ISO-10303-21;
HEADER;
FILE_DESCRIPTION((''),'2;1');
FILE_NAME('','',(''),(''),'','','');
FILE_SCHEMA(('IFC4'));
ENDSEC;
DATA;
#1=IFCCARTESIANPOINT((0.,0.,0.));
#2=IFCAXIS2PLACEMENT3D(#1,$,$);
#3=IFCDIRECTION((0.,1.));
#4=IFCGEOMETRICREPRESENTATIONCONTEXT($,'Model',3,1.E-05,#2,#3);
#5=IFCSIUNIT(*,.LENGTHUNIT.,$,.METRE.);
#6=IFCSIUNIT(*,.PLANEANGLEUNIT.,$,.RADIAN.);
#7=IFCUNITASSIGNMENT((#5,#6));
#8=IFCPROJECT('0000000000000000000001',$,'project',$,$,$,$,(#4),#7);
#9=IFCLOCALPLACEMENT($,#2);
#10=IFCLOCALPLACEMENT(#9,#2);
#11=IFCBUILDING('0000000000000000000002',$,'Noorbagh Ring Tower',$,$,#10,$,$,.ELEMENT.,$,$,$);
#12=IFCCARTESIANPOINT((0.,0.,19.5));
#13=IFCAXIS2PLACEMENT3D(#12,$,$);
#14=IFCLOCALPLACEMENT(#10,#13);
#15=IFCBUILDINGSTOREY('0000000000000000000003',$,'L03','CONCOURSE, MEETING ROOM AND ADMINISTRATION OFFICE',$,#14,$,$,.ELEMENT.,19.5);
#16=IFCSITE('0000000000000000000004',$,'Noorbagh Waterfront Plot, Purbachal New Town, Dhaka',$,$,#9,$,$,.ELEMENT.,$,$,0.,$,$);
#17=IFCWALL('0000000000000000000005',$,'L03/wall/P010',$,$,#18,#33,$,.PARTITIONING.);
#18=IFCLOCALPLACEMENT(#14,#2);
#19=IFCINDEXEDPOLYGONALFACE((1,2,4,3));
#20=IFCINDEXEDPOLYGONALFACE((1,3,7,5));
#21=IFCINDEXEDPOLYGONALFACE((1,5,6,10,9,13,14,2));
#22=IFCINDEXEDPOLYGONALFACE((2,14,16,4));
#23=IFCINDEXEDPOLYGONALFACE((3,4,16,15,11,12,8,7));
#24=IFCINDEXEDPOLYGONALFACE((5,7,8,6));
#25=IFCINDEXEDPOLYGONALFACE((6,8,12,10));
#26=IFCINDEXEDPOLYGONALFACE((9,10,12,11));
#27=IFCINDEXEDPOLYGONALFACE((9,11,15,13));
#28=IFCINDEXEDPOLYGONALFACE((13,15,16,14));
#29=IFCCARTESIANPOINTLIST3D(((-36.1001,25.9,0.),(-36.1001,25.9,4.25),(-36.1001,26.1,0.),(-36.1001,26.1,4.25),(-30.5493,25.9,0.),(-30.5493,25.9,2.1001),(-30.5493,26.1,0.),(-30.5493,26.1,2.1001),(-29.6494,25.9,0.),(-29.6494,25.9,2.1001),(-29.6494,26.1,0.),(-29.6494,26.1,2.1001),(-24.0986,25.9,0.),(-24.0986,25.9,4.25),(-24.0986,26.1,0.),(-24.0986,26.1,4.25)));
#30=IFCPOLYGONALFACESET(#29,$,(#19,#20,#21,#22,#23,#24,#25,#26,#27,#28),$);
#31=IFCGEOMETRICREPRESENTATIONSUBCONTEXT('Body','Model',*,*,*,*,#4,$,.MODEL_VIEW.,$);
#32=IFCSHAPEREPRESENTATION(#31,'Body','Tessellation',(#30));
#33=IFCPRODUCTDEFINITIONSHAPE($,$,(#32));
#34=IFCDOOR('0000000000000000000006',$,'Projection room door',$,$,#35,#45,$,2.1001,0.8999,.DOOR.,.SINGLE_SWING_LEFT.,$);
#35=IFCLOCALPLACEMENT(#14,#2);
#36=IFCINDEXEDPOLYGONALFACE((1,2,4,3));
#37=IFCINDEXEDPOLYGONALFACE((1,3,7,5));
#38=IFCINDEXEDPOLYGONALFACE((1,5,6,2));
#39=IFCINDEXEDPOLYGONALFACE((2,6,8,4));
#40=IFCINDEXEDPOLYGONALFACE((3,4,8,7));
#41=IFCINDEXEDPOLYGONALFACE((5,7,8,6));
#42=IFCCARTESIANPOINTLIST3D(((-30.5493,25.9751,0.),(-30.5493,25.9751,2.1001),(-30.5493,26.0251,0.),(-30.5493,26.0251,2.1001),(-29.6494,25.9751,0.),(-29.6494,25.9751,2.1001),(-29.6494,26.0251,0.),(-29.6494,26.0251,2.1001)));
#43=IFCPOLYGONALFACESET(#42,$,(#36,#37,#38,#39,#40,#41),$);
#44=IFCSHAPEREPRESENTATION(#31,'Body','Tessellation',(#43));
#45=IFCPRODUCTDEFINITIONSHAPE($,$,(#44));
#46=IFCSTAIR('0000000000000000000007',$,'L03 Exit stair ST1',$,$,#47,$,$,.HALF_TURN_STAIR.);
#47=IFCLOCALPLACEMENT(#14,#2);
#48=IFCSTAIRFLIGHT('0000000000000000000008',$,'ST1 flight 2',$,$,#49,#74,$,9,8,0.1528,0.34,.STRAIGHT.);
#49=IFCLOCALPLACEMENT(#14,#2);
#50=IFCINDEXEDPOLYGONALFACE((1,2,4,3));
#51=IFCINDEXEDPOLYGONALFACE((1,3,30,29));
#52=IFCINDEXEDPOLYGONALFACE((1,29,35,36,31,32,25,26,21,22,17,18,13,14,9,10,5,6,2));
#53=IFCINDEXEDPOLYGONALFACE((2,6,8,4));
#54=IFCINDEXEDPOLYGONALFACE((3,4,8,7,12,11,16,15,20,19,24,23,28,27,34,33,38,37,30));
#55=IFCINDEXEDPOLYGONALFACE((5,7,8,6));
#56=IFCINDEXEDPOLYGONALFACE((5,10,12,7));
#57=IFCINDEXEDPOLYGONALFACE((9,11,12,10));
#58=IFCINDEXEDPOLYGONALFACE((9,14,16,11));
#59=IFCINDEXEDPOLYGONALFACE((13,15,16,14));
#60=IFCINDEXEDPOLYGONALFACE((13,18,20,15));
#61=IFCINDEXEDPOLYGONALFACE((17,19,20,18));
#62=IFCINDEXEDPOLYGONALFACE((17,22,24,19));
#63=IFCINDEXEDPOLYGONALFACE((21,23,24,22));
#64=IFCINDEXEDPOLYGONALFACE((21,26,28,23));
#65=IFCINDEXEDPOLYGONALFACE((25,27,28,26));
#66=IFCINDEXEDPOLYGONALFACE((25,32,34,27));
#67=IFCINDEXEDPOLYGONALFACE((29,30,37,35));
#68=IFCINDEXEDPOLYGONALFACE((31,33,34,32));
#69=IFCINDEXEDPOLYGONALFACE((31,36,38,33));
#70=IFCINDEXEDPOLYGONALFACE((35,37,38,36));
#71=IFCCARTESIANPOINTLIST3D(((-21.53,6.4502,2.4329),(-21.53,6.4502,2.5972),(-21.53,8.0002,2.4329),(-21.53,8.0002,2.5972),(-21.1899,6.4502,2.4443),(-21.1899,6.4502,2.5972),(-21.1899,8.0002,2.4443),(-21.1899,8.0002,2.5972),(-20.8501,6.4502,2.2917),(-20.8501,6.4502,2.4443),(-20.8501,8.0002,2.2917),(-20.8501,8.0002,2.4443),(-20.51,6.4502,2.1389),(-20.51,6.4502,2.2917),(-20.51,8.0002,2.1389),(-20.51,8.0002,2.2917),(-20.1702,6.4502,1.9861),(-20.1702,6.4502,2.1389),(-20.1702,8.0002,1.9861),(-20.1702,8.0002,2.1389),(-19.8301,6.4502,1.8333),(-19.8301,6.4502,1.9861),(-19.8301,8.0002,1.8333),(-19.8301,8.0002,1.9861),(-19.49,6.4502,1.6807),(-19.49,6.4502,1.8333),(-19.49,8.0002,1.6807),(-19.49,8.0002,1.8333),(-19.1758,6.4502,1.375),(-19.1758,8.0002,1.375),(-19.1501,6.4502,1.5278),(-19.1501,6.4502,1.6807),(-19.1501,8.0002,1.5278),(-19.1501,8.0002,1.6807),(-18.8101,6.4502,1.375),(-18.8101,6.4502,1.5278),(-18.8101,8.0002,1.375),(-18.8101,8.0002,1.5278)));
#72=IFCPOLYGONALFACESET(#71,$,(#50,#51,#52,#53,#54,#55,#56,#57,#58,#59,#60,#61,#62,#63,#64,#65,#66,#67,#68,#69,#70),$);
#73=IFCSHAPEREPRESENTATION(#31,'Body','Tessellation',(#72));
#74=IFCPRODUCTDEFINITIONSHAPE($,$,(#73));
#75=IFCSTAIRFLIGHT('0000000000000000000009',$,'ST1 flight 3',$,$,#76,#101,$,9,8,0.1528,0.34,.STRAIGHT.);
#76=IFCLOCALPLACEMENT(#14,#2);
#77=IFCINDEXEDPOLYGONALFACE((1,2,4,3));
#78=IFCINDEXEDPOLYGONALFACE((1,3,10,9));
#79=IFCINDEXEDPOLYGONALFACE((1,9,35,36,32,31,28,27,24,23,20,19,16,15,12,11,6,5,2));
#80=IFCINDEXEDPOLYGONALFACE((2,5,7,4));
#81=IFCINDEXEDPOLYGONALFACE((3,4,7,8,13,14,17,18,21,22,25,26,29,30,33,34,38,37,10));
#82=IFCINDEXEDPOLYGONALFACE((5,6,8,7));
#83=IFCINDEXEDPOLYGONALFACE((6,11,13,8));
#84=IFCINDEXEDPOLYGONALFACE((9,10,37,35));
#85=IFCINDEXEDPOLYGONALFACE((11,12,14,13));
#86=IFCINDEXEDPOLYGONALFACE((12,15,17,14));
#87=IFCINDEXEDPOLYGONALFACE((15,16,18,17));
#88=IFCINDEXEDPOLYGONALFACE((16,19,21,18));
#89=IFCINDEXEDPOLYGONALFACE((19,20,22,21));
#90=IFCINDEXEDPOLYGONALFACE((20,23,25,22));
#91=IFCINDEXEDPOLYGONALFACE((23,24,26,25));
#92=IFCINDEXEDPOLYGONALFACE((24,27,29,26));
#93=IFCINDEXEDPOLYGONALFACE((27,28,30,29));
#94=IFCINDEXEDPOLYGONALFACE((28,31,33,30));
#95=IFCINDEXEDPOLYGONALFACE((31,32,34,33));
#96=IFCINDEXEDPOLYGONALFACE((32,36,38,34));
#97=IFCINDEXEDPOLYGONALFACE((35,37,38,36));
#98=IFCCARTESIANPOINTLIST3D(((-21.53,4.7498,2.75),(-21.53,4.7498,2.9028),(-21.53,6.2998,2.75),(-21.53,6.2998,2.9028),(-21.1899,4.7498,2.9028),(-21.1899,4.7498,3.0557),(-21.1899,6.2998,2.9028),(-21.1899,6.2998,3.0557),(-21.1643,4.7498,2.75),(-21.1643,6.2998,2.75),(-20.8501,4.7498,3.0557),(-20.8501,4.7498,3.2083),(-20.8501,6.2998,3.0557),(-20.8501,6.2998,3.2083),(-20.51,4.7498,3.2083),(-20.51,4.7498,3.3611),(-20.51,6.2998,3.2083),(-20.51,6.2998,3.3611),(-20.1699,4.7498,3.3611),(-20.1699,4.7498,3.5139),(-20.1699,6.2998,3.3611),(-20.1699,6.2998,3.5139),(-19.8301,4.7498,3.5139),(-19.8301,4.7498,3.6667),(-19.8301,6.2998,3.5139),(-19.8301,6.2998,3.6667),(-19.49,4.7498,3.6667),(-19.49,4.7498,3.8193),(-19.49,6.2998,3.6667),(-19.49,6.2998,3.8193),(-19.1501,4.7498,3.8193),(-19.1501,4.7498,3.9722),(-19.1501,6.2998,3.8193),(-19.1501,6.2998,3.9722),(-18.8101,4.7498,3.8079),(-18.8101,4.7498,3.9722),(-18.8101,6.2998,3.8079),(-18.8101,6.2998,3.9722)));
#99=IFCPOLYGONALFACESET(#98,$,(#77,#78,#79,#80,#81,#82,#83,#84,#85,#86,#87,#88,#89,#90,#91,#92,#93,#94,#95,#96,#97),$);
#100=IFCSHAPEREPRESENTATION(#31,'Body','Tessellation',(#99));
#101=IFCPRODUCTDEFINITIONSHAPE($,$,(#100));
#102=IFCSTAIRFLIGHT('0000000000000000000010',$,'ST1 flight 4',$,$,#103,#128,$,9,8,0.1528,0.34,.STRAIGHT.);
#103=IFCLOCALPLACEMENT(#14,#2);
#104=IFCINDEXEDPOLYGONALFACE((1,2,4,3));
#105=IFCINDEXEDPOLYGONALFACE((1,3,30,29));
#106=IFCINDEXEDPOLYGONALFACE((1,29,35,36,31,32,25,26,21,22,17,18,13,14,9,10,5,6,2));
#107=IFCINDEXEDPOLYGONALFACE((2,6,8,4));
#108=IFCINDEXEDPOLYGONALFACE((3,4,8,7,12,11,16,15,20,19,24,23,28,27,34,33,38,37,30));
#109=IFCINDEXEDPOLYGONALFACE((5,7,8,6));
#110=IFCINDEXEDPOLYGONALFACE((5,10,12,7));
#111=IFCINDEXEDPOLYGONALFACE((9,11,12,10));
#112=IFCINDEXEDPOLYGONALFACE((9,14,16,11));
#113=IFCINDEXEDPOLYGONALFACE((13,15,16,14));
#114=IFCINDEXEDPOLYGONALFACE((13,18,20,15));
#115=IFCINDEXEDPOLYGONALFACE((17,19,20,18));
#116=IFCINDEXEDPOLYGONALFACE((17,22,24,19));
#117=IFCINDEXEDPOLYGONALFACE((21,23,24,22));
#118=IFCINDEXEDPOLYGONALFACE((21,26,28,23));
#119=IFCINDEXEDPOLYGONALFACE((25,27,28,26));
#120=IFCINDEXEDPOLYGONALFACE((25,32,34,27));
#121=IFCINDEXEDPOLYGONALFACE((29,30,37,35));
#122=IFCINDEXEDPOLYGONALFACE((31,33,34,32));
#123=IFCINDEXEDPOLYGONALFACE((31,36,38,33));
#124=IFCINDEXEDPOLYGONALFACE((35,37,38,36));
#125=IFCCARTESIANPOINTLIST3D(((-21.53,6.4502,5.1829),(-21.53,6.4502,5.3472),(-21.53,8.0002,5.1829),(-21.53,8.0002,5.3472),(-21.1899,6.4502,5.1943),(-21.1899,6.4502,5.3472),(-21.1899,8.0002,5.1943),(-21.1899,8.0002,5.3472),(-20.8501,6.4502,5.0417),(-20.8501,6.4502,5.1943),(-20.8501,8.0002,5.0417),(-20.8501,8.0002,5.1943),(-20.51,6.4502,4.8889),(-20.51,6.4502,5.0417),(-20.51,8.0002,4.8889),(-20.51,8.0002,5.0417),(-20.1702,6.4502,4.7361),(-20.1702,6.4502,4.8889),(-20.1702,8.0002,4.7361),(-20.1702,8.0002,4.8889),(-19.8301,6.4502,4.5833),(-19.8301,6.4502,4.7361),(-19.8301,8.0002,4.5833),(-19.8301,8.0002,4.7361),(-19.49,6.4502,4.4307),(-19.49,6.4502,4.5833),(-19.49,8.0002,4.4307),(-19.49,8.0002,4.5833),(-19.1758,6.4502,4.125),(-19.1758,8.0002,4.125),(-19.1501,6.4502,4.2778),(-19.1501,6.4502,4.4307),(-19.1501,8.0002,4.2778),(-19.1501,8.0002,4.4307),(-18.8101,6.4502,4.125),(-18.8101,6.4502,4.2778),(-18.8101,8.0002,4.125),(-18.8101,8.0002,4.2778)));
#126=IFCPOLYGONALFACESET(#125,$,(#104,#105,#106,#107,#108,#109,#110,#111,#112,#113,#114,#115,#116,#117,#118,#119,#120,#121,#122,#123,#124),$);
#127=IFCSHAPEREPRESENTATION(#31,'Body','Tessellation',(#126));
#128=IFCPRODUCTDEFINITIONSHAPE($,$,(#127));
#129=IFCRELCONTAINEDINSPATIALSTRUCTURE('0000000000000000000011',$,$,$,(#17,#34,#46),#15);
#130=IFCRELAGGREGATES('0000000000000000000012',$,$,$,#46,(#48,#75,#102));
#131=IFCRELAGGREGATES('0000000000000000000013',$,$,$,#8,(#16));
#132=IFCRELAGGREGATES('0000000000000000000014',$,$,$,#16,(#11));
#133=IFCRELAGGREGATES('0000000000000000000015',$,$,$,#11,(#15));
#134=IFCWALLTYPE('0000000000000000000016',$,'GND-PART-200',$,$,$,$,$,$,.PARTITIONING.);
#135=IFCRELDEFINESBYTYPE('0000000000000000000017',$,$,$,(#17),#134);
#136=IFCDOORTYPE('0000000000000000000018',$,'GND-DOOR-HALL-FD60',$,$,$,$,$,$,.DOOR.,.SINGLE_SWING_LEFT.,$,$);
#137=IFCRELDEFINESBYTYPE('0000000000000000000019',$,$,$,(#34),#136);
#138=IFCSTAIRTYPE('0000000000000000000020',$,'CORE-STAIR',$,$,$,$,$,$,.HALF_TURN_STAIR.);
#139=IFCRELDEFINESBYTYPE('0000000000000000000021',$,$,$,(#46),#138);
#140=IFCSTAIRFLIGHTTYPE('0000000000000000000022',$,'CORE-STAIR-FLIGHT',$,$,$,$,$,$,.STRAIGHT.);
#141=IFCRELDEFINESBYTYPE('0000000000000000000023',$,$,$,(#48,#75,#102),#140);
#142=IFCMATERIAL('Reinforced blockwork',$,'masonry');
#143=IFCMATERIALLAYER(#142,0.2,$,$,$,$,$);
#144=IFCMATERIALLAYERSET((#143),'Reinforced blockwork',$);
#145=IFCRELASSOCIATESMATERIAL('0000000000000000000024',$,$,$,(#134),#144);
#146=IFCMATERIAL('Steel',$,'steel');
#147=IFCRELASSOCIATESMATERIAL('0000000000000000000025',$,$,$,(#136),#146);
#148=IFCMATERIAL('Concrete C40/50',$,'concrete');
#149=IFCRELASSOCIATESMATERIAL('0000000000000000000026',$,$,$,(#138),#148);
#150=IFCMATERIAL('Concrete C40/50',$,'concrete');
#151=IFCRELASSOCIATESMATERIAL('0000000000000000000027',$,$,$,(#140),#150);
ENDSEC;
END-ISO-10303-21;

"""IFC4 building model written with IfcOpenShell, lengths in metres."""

from ifc_helpers import new_model, si_unit, direction, frame, frame_2d, origin, place, context, subcontext, project, spatial, polyline, rectangle, outline, extrude, material, layer, layer_set, type_object, element, fill, aggregate, save


model = new_model("IFC4")

# Units and contexts
model_context = context("Model", 3, precision=1e-05, world=origin(), true_north=direction((0.0, 1.0)))
body_context = subcontext(model_context, "Body", "Model", "MODEL_VIEW")
ifc_project = project(units=[si_unit("LENGTHUNIT", "METRE"), si_unit("PLANEANGLEUNIT", "RADIAN")], contexts=[model_context])

# Site, building, storey
site_placement = place(None, origin())
site = spatial("IfcSite", under=ifc_project, at=site_placement, Name="Noorbagh Waterfront Plot, Purbachal New Town, Dhaka", CompositionType="ELEMENT", RefElevation=0.0)
building_placement = place(site_placement, origin())
building = spatial("IfcBuilding", under=site, at=building_placement, Name="Noorbagh Ring Tower", CompositionType="ELEMENT")
storey_placement = place(building_placement, frame((0.0, 0.0, 19.5)))
storey = spatial("IfcBuildingStorey", under=building, at=storey_placement, Name="L03", Description="CONCOURSE, MEETING ROOM AND ADMINISTRATION OFFICE", CompositionType="ELEMENT", Elevation=19.5)

# Wall, opening, door
ifc_material_1 = material(Name="Reinforced blockwork", Category="masonry")
ifc_layer_1 = layer(ifc_material_1, 0.2)
ifc_layer_set_1 = layer_set([ifc_layer_1], Name="Reinforced blockwork")
wall_type_1 = type_object("IfcWallType", Name="GND-PART-200", PredefinedType="PARTITIONING", material=ifc_layer_set_1)
wall_1_placement = place(storey_placement, frame((-24.0986, 26.0, 0.0), z_axis=(0.0, 0.0, 1.0), x_axis=(-1.0, 0.0, 0.0)))
wall_1 = element("IfcWall", 1, at=wall_1_placement, inside=storey, type_object=wall_type_1, Name="L03/wall/P010", PredefinedType="PARTITIONING", context=body_context, shape_type="SweptSolid", body=[
    extrude(rectangle(XDim=12.0015, YDim=0.2, at=frame_2d((6.0007, 0.0))), origin(), (0.0, 0.0, 1.0), 4.25),
])
opening_1_placement = place(wall_1_placement, frame((5.5508, 0.0, 0.0)))
opening_1 = element("IfcOpeningElement", 2, at=opening_1_placement, cuts=wall_1, PredefinedType="OPENING", context=body_context, shape_type="SweptSolid", body=[
    extrude(rectangle(XDim=0.8999, YDim=2.1001, at=frame_2d((0.45, 1.05))), frame((0.0, 0.1099, 0.0), z_axis=(0.0, -1.0, 0.0), x_axis=(1.0, 0.0, 0.0)), (0.0, 0.0, 1.0), 0.22),
])
ifc_material_2 = material(Name="Steel", Category="steel")
door_type_1 = type_object("IfcDoorType", Name="GND-DOOR-HALL-FD60", OperationType="SINGLE_SWING_LEFT", PredefinedType="DOOR", material=ifc_material_2)
door_1_placement = place(opening_1_placement, origin())
door_1 = element("IfcDoor", 3, at=door_1_placement, inside=storey, type_object=door_type_1, Name="Projection room door", OperationType="SINGLE_SWING_LEFT", OverallHeight=2.1001, OverallWidth=0.8999, PredefinedType="DOOR", context=body_context, shape_type="SweptSolid", body=[
    extrude(rectangle(XDim=0.8999, YDim=2.1001, at=frame_2d((0.45, 1.05))), frame((0.0, 0.0249, 0.0), z_axis=(0.0, -1.0, 0.0), x_axis=(1.0, 0.0, 0.0)), (0.0, 0.0, 1.0), 0.05),
])
fill(opening_1, door_1)

# Stair, stair flights
ifc_material_3 = material(Name="Concrete C40/50", Category="concrete")
stair_type = type_object("IfcStairType", Name="CORE-STAIR", PredefinedType="HALF_TURN_STAIR", material=ifc_material_3)
stair_placement = place(storey_placement, origin())
stair = element("IfcStair", 4, at=stair_placement, inside=storey, type_object=stair_type, Name="L03 Exit stair ST1", PredefinedType="HALF_TURN_STAIR")
ifc_material_4 = material(Name="Concrete C40/50", Category="concrete")
stair_flight_type = type_object("IfcStairFlightType", Name="CORE-STAIR-FLIGHT", PredefinedType="STRAIGHT", material=ifc_material_4)
stair_flight_1_placement = place(storey_placement, frame((-18.8101, 7.2251, 1.375), z_axis=(0.0, 0.0, 1.0), x_axis=(-1.0, 0.0, 0.0)))
stair_flight_1 = element("IfcStairFlight", 5, at=stair_flight_1_placement, type_object=stair_flight_type, Name="ST1 flight 2", NumberOfRisers=9, NumberOfTreads=8, PredefinedType="STRAIGHT", RiserHeight=0.1528, TreadLength=0.34, context=body_context, shape_type="SweptSolid", body=[
    extrude(outline(polyline([(0.0, 0.0), (0.0, 0.1528), (0.3401, 0.1528), (0.3401, 0.3057), (0.6799, 0.3057), (0.6799, 0.4583), (1.02, 0.4583), (1.02, 0.6111), (1.3601, 0.6111), (1.3601, 0.7639), (1.7, 0.7639), (1.7, 0.9167), (2.04, 0.9167), (2.04, 1.0693), (2.3799, 1.0693), (2.3799, 1.2222), (2.72, 1.2222), (2.72, 1.375), (2.72, 1.0579), (0.3657, 0.0), (0.0, 0.0)])), frame((0.0, 0.7749, 0.0), z_axis=(0.0, -1.0, 0.0), x_axis=(1.0, 0.0, 0.0)), (0.0, 0.0, 1.0), 1.55),
])
stair_flight_2_placement = place(storey_placement, frame((-21.53, 5.5249, 2.75), z_axis=(0.0, 0.0, 1.0), x_axis=(1.0, 0.0, 0.0)))
stair_flight_2 = element("IfcStairFlight", 6, at=stair_flight_2_placement, type_object=stair_flight_type, Name="ST1 flight 3", NumberOfRisers=9, NumberOfTreads=8, PredefinedType="STRAIGHT", RiserHeight=0.1528, TreadLength=0.34, context=body_context, shape_type="SweptSolid", body=[
    extrude(outline(polyline([(0.0, 0.0), (0.0, 0.1528), (0.3401, 0.1528), (0.3401, 0.3057), (0.6799, 0.3057), (0.6799, 0.4583), (1.02, 0.4583), (1.02, 0.6111), (1.3601, 0.6111), (1.3601, 0.7639), (1.7, 0.7639), (1.7, 0.9167), (2.04, 0.9167), (2.04, 1.0693), (2.3799, 1.0693), (2.3799, 1.2222), (2.72, 1.2222), (2.72, 1.375), (2.72, 1.0579), (0.3657, 0.0), (0.0, 0.0)])), frame((0.0, 0.7749, 0.0), z_axis=(0.0, -1.0, 0.0), x_axis=(1.0, 0.0, 0.0)), (0.0, 0.0, 1.0), 1.55),
])
stair_flight_3_placement = place(storey_placement, frame((-18.8101, 7.2251, 4.125), z_axis=(0.0, 0.0, 1.0), x_axis=(-1.0, 0.0, 0.0)))
stair_flight_3 = element("IfcStairFlight", 7, at=stair_flight_3_placement, type_object=stair_flight_type, Name="ST1 flight 4", NumberOfRisers=9, NumberOfTreads=8, PredefinedType="STRAIGHT", RiserHeight=0.1528, TreadLength=0.34, context=body_context, shape_type="SweptSolid", body=[
    extrude(outline(polyline([(0.0, 0.0), (0.0, 0.1528), (0.3401, 0.1528), (0.3401, 0.3057), (0.6799, 0.3057), (0.6799, 0.4583), (1.02, 0.4583), (1.02, 0.6111), (1.3601, 0.6111), (1.3601, 0.7639), (1.7, 0.7639), (1.7, 0.9167), (2.04, 0.9167), (2.04, 1.0693), (2.3799, 1.0693), (2.3799, 1.2222), (2.72, 1.2222), (2.72, 1.375), (2.72, 1.0579), (0.3657, 0.0), (0.0, 0.0)])), frame((0.0, 0.7749, 0.0), z_axis=(0.0, -1.0, 0.0), x_axis=(1.0, 0.0, 0.0)), (0.0, 0.0, 1.0), 1.55),
])
aggregate(stair, [stair_flight_1, stair_flight_2, stair_flight_3])

save(model, "model.ifc")
